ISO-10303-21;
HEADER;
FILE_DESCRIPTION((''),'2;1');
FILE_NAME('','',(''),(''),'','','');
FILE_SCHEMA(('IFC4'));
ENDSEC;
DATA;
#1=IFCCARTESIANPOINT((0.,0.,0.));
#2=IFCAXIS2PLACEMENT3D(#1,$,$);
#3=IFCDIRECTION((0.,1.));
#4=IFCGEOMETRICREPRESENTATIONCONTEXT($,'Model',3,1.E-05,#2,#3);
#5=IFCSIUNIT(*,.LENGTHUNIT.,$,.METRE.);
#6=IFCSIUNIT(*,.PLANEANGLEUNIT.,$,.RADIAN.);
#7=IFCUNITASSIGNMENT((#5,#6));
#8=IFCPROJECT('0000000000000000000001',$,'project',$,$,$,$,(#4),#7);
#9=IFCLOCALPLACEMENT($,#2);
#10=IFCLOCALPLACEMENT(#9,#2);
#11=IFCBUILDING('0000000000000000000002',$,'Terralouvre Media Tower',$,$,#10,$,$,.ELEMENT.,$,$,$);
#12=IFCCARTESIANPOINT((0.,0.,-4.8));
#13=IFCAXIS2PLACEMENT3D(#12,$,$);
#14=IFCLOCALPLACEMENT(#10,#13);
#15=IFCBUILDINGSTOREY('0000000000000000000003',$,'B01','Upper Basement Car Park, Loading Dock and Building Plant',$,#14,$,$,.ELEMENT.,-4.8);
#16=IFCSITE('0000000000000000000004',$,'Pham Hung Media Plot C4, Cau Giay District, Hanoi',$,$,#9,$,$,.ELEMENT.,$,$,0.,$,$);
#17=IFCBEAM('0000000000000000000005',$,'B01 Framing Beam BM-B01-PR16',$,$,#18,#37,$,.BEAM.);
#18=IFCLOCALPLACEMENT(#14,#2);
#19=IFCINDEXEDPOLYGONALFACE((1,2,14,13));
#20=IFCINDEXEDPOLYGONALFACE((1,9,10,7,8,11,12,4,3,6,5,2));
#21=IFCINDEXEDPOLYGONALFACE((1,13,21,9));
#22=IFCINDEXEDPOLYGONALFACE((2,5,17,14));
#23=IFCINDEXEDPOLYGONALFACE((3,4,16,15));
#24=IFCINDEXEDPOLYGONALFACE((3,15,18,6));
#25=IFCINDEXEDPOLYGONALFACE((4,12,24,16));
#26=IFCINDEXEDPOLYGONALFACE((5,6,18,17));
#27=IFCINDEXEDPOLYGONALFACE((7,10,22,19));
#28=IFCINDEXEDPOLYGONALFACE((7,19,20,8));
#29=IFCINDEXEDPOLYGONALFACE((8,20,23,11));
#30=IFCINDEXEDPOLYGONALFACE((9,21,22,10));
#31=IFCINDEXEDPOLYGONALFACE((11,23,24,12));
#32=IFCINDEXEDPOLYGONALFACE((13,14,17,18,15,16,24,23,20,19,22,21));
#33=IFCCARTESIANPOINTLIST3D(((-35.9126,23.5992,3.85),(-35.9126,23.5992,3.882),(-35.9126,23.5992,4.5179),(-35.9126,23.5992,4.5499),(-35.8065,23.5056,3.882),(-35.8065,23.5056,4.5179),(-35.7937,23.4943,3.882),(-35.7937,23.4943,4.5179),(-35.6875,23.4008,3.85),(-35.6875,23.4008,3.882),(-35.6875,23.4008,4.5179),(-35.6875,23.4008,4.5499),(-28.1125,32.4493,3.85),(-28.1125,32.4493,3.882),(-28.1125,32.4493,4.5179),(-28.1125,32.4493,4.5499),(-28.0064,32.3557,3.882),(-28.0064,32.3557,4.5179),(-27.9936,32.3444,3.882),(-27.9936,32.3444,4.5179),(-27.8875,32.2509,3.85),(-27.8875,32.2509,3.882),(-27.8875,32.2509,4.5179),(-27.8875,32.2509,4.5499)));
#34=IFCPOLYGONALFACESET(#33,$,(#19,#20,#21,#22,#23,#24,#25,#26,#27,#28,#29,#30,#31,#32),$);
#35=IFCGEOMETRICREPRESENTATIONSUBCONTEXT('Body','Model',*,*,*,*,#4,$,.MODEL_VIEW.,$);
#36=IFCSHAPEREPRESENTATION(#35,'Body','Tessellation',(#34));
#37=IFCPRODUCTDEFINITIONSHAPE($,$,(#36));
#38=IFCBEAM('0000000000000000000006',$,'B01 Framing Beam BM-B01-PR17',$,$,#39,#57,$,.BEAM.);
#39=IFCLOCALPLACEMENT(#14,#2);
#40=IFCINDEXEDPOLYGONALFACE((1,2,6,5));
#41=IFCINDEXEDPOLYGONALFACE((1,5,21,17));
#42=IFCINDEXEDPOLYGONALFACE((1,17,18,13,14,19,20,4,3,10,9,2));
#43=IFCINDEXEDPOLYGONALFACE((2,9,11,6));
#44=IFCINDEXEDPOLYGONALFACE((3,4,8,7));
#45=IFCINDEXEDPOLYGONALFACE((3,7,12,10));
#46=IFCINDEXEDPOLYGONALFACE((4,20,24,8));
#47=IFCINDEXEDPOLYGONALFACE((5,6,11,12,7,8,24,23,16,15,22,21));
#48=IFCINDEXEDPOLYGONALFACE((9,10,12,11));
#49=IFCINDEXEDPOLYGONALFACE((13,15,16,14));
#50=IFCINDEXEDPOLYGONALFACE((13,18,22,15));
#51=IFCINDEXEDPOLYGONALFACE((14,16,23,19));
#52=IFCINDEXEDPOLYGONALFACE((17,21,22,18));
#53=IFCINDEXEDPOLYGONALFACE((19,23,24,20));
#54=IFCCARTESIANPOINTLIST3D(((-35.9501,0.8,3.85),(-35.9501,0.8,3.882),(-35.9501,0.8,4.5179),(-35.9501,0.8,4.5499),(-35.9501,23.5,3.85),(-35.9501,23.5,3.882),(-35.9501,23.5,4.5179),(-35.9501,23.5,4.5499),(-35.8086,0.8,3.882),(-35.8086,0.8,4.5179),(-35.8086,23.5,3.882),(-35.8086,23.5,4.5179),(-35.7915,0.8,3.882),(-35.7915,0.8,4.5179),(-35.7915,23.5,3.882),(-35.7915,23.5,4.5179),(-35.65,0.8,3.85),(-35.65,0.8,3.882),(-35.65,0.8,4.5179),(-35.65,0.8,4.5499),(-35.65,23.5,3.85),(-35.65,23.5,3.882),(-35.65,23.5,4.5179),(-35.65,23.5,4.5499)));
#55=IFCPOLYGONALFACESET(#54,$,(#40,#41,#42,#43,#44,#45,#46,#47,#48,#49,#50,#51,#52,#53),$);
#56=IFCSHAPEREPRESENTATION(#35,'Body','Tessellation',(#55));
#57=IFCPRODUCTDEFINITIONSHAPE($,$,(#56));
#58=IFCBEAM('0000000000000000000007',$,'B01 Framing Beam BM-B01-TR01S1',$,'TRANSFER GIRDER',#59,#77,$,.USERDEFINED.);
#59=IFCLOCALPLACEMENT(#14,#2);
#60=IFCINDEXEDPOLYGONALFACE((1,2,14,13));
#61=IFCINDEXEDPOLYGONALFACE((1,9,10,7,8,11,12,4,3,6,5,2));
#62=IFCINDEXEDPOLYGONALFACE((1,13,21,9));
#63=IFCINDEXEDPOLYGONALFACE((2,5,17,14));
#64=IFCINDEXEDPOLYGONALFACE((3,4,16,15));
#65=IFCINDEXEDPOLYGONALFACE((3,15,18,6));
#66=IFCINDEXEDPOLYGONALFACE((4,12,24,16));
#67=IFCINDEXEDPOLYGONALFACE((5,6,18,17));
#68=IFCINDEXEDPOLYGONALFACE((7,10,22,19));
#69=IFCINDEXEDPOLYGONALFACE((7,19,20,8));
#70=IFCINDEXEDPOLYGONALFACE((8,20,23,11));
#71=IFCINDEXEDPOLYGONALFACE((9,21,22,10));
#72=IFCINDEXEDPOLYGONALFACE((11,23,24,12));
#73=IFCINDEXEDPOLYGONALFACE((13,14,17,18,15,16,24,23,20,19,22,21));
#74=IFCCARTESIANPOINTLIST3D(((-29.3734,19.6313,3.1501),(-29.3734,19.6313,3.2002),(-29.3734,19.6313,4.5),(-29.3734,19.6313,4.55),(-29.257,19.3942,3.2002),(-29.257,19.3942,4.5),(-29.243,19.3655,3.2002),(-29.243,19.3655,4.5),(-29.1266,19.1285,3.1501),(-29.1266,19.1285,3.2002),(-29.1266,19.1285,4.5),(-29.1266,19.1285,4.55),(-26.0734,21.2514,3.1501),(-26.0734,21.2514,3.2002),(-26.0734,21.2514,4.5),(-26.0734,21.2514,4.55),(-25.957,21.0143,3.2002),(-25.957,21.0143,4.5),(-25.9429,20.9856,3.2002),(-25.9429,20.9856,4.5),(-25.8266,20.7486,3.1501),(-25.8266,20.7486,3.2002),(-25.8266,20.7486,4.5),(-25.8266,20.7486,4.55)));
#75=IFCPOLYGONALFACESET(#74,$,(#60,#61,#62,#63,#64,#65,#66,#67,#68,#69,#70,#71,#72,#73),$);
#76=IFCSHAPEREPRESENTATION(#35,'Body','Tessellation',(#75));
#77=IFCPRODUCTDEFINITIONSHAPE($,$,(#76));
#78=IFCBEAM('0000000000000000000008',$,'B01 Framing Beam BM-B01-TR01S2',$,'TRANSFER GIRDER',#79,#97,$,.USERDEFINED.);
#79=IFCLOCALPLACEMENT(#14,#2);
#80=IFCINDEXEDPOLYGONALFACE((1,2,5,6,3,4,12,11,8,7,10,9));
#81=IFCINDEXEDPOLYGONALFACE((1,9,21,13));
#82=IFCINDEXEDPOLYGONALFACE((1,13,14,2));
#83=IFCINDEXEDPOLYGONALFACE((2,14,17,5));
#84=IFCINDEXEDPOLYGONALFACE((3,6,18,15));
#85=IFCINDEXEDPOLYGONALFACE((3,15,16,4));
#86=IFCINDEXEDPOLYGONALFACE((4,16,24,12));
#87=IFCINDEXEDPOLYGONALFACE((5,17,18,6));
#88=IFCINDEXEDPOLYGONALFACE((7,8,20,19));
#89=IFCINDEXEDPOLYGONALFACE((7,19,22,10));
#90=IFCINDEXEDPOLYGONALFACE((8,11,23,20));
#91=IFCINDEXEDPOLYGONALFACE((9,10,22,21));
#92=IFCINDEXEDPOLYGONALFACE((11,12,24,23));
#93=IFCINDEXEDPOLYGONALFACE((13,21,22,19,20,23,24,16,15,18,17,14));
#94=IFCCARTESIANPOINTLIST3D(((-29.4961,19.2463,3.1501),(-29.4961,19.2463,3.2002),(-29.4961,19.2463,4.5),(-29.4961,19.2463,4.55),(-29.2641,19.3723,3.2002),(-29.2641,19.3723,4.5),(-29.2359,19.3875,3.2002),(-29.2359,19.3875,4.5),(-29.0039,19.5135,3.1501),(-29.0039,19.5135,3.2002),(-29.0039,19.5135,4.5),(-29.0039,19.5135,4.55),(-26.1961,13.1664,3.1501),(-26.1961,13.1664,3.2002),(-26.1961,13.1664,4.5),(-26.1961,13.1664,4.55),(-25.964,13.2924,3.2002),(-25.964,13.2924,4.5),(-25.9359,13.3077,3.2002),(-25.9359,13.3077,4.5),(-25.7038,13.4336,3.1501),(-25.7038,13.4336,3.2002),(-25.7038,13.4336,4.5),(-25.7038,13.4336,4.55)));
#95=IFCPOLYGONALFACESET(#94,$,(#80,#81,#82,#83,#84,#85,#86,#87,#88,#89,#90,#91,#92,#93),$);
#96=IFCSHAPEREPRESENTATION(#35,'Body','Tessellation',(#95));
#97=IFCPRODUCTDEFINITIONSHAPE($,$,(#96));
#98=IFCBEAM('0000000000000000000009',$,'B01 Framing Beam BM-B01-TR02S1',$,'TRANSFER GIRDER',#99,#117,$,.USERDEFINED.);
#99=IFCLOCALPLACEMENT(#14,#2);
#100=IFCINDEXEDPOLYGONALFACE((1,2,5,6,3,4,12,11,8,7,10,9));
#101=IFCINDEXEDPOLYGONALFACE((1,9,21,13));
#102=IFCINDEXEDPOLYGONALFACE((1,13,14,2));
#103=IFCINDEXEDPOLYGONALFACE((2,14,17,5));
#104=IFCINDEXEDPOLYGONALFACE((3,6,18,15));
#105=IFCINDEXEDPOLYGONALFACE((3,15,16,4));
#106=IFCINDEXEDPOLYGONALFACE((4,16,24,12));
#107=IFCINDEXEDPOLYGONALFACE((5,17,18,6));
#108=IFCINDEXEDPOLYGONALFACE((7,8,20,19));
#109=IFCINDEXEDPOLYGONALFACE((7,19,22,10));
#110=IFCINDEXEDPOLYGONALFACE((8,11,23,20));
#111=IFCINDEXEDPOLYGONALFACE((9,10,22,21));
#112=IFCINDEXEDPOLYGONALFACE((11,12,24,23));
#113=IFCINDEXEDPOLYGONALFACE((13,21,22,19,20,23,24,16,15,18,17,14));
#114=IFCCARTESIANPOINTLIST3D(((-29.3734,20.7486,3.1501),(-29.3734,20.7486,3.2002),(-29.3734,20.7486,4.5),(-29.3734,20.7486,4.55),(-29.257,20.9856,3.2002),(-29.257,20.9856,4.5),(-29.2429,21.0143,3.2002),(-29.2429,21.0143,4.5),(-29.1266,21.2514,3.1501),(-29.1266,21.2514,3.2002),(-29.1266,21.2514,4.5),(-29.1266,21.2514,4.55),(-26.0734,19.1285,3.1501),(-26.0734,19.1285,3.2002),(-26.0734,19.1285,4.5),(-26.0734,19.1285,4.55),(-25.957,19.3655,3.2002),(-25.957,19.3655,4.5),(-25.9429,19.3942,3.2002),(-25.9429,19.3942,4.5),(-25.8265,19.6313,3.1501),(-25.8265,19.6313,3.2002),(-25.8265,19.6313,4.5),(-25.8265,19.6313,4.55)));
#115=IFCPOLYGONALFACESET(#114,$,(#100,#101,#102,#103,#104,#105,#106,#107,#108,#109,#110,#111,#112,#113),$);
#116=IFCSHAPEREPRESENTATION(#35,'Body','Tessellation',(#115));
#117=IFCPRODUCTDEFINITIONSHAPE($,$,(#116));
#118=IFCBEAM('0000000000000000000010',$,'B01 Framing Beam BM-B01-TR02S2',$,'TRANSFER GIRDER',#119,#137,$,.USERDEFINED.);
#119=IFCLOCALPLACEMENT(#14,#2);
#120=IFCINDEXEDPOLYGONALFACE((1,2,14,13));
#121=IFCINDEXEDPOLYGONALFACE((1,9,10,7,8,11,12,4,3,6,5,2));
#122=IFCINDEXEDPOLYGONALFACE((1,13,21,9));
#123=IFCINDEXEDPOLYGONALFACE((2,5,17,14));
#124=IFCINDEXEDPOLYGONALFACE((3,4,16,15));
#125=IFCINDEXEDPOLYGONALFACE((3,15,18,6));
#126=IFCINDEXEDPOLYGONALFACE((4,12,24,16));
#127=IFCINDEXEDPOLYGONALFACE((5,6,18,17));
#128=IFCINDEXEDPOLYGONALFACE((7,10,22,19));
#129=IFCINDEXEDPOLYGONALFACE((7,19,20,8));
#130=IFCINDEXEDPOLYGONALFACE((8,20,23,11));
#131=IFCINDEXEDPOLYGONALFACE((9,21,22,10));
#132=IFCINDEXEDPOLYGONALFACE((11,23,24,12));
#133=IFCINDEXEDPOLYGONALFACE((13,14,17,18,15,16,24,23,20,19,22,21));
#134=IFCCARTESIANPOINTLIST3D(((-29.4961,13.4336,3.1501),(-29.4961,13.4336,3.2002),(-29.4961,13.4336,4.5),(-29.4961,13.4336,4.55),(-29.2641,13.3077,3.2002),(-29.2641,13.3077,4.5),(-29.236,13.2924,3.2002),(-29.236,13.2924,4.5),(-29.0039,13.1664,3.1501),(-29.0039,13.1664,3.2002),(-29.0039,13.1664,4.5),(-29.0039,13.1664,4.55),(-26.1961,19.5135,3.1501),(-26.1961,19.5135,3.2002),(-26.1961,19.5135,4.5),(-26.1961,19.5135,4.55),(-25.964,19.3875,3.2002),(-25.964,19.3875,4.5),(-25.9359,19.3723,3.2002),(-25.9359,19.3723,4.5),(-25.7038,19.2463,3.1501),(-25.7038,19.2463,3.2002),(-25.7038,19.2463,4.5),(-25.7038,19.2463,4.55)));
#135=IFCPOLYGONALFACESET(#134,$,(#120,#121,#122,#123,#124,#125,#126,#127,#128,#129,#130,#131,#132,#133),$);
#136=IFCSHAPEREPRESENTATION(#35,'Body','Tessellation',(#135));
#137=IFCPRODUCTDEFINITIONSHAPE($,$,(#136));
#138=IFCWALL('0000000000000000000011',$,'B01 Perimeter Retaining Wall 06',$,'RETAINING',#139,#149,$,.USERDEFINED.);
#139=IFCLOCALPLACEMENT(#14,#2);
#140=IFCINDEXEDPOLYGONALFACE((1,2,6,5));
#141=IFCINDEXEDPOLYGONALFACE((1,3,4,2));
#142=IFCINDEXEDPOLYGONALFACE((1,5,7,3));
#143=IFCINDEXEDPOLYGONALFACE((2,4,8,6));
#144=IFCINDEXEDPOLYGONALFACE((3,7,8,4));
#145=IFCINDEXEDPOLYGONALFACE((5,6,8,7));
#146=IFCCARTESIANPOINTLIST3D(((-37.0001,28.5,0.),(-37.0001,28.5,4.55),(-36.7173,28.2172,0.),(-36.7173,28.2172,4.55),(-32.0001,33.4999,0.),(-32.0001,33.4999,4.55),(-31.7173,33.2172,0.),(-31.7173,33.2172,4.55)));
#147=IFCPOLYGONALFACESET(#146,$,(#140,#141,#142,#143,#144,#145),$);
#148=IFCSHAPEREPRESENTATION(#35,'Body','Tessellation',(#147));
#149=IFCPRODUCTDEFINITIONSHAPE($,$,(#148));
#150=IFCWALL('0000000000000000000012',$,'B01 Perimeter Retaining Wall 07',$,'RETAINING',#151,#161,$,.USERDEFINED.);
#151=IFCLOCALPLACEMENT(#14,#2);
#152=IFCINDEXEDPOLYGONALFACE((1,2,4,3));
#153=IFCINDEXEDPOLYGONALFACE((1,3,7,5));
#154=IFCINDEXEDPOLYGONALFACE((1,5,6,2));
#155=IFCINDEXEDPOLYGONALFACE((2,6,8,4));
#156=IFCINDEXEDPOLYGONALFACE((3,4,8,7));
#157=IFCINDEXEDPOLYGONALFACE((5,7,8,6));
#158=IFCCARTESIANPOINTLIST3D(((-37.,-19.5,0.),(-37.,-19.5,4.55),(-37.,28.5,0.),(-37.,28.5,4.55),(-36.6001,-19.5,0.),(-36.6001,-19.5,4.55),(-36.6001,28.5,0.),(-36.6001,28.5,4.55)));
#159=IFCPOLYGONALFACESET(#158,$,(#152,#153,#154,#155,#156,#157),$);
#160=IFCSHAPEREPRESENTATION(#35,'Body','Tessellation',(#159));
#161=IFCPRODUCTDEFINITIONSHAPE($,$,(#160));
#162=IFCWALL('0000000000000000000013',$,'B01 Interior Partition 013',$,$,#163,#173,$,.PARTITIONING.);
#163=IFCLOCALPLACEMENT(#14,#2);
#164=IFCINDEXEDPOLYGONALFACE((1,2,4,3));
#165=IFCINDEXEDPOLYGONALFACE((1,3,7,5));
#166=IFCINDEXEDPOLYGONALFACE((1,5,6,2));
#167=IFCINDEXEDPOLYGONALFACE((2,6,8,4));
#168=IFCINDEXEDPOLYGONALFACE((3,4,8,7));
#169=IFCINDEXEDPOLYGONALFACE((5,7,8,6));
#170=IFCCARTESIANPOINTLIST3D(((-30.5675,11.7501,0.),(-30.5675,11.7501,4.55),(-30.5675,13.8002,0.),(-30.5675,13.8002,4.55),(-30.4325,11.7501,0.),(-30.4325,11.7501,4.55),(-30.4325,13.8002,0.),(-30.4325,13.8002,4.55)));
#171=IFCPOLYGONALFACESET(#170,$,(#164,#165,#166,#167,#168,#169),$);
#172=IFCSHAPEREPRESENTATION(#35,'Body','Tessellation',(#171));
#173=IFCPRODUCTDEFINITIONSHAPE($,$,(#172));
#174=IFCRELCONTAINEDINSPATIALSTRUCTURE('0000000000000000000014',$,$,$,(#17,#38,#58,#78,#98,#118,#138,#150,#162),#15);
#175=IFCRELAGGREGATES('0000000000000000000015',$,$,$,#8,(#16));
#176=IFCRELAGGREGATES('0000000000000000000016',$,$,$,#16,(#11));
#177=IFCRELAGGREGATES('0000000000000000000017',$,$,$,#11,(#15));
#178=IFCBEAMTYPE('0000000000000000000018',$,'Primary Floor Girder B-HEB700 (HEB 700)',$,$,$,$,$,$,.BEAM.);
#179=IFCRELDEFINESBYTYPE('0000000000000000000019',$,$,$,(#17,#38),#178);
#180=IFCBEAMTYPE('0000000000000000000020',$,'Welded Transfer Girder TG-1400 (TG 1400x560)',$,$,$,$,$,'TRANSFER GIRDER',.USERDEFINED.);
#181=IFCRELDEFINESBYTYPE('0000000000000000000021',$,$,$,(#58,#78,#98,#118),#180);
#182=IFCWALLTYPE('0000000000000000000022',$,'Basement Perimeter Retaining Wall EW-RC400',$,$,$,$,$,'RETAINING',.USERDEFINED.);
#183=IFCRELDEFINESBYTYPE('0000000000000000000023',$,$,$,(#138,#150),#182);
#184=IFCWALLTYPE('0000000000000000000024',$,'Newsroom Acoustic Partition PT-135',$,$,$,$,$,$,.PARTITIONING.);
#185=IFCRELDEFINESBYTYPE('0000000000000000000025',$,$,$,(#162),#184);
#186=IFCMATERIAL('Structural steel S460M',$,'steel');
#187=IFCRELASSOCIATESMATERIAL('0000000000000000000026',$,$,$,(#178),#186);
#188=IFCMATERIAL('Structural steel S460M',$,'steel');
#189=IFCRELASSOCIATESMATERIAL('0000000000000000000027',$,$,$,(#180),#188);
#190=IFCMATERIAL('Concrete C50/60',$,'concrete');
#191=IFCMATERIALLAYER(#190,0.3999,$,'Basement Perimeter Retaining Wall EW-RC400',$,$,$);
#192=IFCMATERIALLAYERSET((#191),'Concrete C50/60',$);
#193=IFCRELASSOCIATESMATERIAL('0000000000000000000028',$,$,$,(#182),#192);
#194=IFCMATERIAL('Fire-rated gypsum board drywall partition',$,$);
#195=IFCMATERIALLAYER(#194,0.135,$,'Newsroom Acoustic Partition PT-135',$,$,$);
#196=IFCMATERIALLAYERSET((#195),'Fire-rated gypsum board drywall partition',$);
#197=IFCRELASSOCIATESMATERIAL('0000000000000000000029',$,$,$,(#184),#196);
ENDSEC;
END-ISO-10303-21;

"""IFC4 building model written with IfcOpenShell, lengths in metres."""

from ifc_helpers import new_model, si_unit, direction, frame, frame_2d, origin, origin_2d, place, context, subcontext, project, spatial, rectangle, i_section, extrude, material, layer, layer_set, material_profile, profile_set, type_object, element, save


model = new_model("IFC4")

# Units and contexts
model_context = context("Model", 3, precision=1e-05, world=origin(), true_north=direction((0.0, 1.0)))
body_context = subcontext(model_context, "Body", "Model", "MODEL_VIEW")
ifc_project = project(units=[si_unit("LENGTHUNIT", "METRE"), si_unit("PLANEANGLEUNIT", "RADIAN")], contexts=[model_context])

# Site, building, storey
site_placement = place(None, origin())
site = spatial("IfcSite", under=ifc_project, at=site_placement, Name="Pham Hung Media Plot C4, Cau Giay District, Hanoi", CompositionType="ELEMENT", RefElevation=0.0)
building_placement = place(site_placement, origin())
building = spatial("IfcBuilding", under=site, at=building_placement, Name="Terralouvre Media Tower", CompositionType="ELEMENT")
storey_placement = place(building_placement, frame((0.0, 0.0, -4.8)))
storey = spatial("IfcBuildingStorey", under=building, at=storey_placement, Name="B01", Description="Upper Basement Car Park, Loading Dock and Building Plant", CompositionType="ELEMENT", Elevation=-4.8)

# Beams
ifc_material_1 = material(Name="Structural steel S460M", Category="steel")
ifc_material_profile_1 = material_profile(ifc_material_1, i_section(OverallWidth=0.3, OverallDepth=0.7, WebThickness=0.0171, FlangeThickness=0.032, at=origin_2d()), Name="HEB 700")
ifc_profile_set_1 = profile_set([ifc_material_profile_1], Name="Structural steel S460M")
beam_type_1 = type_object("IfcBeamType", Name="Primary Floor Girder B-HEB700 (HEB 700)", PredefinedType="BEAM", material=ifc_profile_set_1)
beam_1_placement = place(storey_placement, frame((-28.0, 32.3501, 4.2), z_axis=(-0.661199, -0.75021, 0.0), x_axis=(0.75021, -0.661199, 0.0)))
element("IfcBeam", 1, at=beam_1_placement, inside=storey, type_object=beam_type_1, Name="B01 Framing Beam BM-B01-PR16", PredefinedType="BEAM", context=body_context, shape_type="SweptSolid", body=[
    extrude(i_section(OverallWidth=0.3, OverallDepth=0.7, WebThickness=0.0171, FlangeThickness=0.032, at=origin_2d()), origin(), (0.0, 0.0, 1.0), 11.7969),
])
beam_2_placement = place(storey_placement, frame((-35.8, 23.5, 4.2), z_axis=(0.0, -1.0, 0.0), x_axis=(1.0, 0.0, 0.0)))
element("IfcBeam", 2, at=beam_2_placement, inside=storey, type_object=beam_type_1, Name="B01 Framing Beam BM-B01-PR17", PredefinedType="BEAM", context=body_context, shape_type="SweptSolid", body=[
    extrude(i_section(OverallWidth=0.3, OverallDepth=0.7, WebThickness=0.0171, FlangeThickness=0.032, at=origin_2d()), origin(), (0.0, 0.0, 1.0), 22.7),
])
ifc_material_2 = material(Name="Structural steel S460M", Category="steel")
ifc_material_profile_2 = material_profile(ifc_material_2, i_section(OverallWidth=0.5601, OverallDepth=1.3999, WebThickness=0.032, FlangeThickness=0.05, at=origin_2d()), Name="TG 1400x560")
ifc_profile_set_2 = profile_set([ifc_material_profile_2], Name="Structural steel S460M")
beam_type_2 = type_object("IfcBeamType", Name="Welded Transfer Girder TG-1400 (TG 1400x560)", ElementType="TRANSFER GIRDER", PredefinedType="USERDEFINED", material=ifc_profile_set_2)
beam_3_placement = place(storey_placement, frame((-29.25, 19.3799, 3.8501), z_axis=(0.897658, 0.440694, 0.0), x_axis=(-0.440694, 0.897658, 0.0)))
element("IfcBeam", 3, at=beam_3_placement, inside=storey, type_object=beam_type_2, Name="B01 Framing Beam BM-B01-TR01S1", ObjectType="TRANSFER GIRDER", PredefinedType="USERDEFINED", context=body_context, shape_type="SweptSolid", body=[
    extrude(i_section(OverallWidth=0.5601, OverallDepth=1.3999, WebThickness=0.032, FlangeThickness=0.05, at=origin_2d()), origin(), (0.0, 0.0, 1.0), 3.6763),
])
beam_4_placement = place(storey_placement, frame((-29.25, 19.3799, 3.8501), z_axis=(0.477044, -0.87888, 0.0), x_axis=(0.87888, 0.477044, 0.0)))
element("IfcBeam", 4, at=beam_4_placement, inside=storey, type_object=beam_type_2, Name="B01 Framing Beam BM-B01-TR01S2", ObjectType="TRANSFER GIRDER", PredefinedType="USERDEFINED", context=body_context, shape_type="SweptSolid", body=[
    extrude(i_section(OverallWidth=0.5601, OverallDepth=1.3999, WebThickness=0.032, FlangeThickness=0.05, at=origin_2d()), origin(), (0.0, 0.0, 1.0), 6.9177),
])
beam_5_placement = place(storey_placement, frame((-25.95, 19.3799, 3.8501), z_axis=(-0.897658, 0.440694, 0.0), x_axis=(-0.440694, -0.897658, 0.0)))
element("IfcBeam", 5, at=beam_5_placement, inside=storey, type_object=beam_type_2, Name="B01 Framing Beam BM-B01-TR02S1", ObjectType="TRANSFER GIRDER", PredefinedType="USERDEFINED", context=body_context, shape_type="SweptSolid", body=[
    extrude(i_section(OverallWidth=0.5601, OverallDepth=1.3999, WebThickness=0.032, FlangeThickness=0.05, at=origin_2d()), origin(), (0.0, 0.0, 1.0), 3.6763),
])
beam_6_placement = place(storey_placement, frame((-25.95, 19.3799, 3.8501), z_axis=(-0.477044, -0.87888, 0.0), x_axis=(0.87888, -0.477044, 0.0)))
element("IfcBeam", 6, at=beam_6_placement, inside=storey, type_object=beam_type_2, Name="B01 Framing Beam BM-B01-TR02S2", ObjectType="TRANSFER GIRDER", PredefinedType="USERDEFINED", context=body_context, shape_type="SweptSolid", body=[
    extrude(i_section(OverallWidth=0.5601, OverallDepth=1.3999, WebThickness=0.032, FlangeThickness=0.05, at=origin_2d()), origin(), (0.0, 0.0, 1.0), 6.9177),
])

# Walls
ifc_material_3 = material(Name="Concrete C50/60", Category="concrete")
ifc_layer_1 = layer(ifc_material_3, 0.3999, Name="Basement Perimeter Retaining Wall EW-RC400")
ifc_layer_set_1 = layer_set([ifc_layer_1], Name="Concrete C50/60")
wall_type_1 = type_object("IfcWallType", Name="Basement Perimeter Retaining Wall EW-RC400", ElementType="RETAINING", PredefinedType="USERDEFINED", material=ifc_layer_set_1)
wall_1_placement = place(storey_placement, frame((-31.8586, 33.3586, 0.0), z_axis=(0.0, 0.0, 1.0), x_axis=(-0.707107, -0.707107, 0.0)))
element("IfcWall", 7, at=wall_1_placement, inside=storey, type_object=wall_type_1, Name="B01 Perimeter Retaining Wall 06", ObjectType="RETAINING", PredefinedType="USERDEFINED", context=body_context, shape_type="SweptSolid", body=[
    extrude(rectangle(XDim=7.071, YDim=0.3999, at=frame_2d((3.5356, 0.0))), origin(), (0.0, 0.0, 1.0), 4.55),
])
wall_2_placement = place(storey_placement, frame((-36.8, 28.5, 0.0), z_axis=(0.0, 0.0, 1.0), x_axis=(0.0, -1.0, 0.0)))
element("IfcWall", 8, at=wall_2_placement, inside=storey, type_object=wall_type_1, Name="B01 Perimeter Retaining Wall 07", ObjectType="RETAINING", PredefinedType="USERDEFINED", context=body_context, shape_type="SweptSolid", body=[
    extrude(rectangle(XDim=48.0, YDim=0.3999, at=frame_2d((24.0, 0.0))), origin(), (0.0, 0.0, 1.0), 4.55),
])
ifc_material_4 = material(Name="Fire-rated gypsum board drywall partition")
ifc_layer_2 = layer(ifc_material_4, 0.135, Name="Newsroom Acoustic Partition PT-135")
ifc_layer_set_2 = layer_set([ifc_layer_2], Name="Fire-rated gypsum board drywall partition")
wall_type_2 = type_object("IfcWallType", Name="Newsroom Acoustic Partition PT-135", PredefinedType="PARTITIONING", material=ifc_layer_set_2)
wall_3_placement = place(storey_placement, frame((-30.5, 13.8, 0.0), z_axis=(0.0, 0.0, 1.0), x_axis=(0.0, -1.0, 0.0)))
element("IfcWall", 9, at=wall_3_placement, inside=storey, type_object=wall_type_2, Name="B01 Interior Partition 013", PredefinedType="PARTITIONING", context=body_context, shape_type="SweptSolid", body=[
    extrude(rectangle(XDim=2.05, YDim=0.135, at=frame_2d((1.0249, 0.0))), origin(), (0.0, 0.0, 1.0), 4.55),
])

save(model, "model.ifc")
